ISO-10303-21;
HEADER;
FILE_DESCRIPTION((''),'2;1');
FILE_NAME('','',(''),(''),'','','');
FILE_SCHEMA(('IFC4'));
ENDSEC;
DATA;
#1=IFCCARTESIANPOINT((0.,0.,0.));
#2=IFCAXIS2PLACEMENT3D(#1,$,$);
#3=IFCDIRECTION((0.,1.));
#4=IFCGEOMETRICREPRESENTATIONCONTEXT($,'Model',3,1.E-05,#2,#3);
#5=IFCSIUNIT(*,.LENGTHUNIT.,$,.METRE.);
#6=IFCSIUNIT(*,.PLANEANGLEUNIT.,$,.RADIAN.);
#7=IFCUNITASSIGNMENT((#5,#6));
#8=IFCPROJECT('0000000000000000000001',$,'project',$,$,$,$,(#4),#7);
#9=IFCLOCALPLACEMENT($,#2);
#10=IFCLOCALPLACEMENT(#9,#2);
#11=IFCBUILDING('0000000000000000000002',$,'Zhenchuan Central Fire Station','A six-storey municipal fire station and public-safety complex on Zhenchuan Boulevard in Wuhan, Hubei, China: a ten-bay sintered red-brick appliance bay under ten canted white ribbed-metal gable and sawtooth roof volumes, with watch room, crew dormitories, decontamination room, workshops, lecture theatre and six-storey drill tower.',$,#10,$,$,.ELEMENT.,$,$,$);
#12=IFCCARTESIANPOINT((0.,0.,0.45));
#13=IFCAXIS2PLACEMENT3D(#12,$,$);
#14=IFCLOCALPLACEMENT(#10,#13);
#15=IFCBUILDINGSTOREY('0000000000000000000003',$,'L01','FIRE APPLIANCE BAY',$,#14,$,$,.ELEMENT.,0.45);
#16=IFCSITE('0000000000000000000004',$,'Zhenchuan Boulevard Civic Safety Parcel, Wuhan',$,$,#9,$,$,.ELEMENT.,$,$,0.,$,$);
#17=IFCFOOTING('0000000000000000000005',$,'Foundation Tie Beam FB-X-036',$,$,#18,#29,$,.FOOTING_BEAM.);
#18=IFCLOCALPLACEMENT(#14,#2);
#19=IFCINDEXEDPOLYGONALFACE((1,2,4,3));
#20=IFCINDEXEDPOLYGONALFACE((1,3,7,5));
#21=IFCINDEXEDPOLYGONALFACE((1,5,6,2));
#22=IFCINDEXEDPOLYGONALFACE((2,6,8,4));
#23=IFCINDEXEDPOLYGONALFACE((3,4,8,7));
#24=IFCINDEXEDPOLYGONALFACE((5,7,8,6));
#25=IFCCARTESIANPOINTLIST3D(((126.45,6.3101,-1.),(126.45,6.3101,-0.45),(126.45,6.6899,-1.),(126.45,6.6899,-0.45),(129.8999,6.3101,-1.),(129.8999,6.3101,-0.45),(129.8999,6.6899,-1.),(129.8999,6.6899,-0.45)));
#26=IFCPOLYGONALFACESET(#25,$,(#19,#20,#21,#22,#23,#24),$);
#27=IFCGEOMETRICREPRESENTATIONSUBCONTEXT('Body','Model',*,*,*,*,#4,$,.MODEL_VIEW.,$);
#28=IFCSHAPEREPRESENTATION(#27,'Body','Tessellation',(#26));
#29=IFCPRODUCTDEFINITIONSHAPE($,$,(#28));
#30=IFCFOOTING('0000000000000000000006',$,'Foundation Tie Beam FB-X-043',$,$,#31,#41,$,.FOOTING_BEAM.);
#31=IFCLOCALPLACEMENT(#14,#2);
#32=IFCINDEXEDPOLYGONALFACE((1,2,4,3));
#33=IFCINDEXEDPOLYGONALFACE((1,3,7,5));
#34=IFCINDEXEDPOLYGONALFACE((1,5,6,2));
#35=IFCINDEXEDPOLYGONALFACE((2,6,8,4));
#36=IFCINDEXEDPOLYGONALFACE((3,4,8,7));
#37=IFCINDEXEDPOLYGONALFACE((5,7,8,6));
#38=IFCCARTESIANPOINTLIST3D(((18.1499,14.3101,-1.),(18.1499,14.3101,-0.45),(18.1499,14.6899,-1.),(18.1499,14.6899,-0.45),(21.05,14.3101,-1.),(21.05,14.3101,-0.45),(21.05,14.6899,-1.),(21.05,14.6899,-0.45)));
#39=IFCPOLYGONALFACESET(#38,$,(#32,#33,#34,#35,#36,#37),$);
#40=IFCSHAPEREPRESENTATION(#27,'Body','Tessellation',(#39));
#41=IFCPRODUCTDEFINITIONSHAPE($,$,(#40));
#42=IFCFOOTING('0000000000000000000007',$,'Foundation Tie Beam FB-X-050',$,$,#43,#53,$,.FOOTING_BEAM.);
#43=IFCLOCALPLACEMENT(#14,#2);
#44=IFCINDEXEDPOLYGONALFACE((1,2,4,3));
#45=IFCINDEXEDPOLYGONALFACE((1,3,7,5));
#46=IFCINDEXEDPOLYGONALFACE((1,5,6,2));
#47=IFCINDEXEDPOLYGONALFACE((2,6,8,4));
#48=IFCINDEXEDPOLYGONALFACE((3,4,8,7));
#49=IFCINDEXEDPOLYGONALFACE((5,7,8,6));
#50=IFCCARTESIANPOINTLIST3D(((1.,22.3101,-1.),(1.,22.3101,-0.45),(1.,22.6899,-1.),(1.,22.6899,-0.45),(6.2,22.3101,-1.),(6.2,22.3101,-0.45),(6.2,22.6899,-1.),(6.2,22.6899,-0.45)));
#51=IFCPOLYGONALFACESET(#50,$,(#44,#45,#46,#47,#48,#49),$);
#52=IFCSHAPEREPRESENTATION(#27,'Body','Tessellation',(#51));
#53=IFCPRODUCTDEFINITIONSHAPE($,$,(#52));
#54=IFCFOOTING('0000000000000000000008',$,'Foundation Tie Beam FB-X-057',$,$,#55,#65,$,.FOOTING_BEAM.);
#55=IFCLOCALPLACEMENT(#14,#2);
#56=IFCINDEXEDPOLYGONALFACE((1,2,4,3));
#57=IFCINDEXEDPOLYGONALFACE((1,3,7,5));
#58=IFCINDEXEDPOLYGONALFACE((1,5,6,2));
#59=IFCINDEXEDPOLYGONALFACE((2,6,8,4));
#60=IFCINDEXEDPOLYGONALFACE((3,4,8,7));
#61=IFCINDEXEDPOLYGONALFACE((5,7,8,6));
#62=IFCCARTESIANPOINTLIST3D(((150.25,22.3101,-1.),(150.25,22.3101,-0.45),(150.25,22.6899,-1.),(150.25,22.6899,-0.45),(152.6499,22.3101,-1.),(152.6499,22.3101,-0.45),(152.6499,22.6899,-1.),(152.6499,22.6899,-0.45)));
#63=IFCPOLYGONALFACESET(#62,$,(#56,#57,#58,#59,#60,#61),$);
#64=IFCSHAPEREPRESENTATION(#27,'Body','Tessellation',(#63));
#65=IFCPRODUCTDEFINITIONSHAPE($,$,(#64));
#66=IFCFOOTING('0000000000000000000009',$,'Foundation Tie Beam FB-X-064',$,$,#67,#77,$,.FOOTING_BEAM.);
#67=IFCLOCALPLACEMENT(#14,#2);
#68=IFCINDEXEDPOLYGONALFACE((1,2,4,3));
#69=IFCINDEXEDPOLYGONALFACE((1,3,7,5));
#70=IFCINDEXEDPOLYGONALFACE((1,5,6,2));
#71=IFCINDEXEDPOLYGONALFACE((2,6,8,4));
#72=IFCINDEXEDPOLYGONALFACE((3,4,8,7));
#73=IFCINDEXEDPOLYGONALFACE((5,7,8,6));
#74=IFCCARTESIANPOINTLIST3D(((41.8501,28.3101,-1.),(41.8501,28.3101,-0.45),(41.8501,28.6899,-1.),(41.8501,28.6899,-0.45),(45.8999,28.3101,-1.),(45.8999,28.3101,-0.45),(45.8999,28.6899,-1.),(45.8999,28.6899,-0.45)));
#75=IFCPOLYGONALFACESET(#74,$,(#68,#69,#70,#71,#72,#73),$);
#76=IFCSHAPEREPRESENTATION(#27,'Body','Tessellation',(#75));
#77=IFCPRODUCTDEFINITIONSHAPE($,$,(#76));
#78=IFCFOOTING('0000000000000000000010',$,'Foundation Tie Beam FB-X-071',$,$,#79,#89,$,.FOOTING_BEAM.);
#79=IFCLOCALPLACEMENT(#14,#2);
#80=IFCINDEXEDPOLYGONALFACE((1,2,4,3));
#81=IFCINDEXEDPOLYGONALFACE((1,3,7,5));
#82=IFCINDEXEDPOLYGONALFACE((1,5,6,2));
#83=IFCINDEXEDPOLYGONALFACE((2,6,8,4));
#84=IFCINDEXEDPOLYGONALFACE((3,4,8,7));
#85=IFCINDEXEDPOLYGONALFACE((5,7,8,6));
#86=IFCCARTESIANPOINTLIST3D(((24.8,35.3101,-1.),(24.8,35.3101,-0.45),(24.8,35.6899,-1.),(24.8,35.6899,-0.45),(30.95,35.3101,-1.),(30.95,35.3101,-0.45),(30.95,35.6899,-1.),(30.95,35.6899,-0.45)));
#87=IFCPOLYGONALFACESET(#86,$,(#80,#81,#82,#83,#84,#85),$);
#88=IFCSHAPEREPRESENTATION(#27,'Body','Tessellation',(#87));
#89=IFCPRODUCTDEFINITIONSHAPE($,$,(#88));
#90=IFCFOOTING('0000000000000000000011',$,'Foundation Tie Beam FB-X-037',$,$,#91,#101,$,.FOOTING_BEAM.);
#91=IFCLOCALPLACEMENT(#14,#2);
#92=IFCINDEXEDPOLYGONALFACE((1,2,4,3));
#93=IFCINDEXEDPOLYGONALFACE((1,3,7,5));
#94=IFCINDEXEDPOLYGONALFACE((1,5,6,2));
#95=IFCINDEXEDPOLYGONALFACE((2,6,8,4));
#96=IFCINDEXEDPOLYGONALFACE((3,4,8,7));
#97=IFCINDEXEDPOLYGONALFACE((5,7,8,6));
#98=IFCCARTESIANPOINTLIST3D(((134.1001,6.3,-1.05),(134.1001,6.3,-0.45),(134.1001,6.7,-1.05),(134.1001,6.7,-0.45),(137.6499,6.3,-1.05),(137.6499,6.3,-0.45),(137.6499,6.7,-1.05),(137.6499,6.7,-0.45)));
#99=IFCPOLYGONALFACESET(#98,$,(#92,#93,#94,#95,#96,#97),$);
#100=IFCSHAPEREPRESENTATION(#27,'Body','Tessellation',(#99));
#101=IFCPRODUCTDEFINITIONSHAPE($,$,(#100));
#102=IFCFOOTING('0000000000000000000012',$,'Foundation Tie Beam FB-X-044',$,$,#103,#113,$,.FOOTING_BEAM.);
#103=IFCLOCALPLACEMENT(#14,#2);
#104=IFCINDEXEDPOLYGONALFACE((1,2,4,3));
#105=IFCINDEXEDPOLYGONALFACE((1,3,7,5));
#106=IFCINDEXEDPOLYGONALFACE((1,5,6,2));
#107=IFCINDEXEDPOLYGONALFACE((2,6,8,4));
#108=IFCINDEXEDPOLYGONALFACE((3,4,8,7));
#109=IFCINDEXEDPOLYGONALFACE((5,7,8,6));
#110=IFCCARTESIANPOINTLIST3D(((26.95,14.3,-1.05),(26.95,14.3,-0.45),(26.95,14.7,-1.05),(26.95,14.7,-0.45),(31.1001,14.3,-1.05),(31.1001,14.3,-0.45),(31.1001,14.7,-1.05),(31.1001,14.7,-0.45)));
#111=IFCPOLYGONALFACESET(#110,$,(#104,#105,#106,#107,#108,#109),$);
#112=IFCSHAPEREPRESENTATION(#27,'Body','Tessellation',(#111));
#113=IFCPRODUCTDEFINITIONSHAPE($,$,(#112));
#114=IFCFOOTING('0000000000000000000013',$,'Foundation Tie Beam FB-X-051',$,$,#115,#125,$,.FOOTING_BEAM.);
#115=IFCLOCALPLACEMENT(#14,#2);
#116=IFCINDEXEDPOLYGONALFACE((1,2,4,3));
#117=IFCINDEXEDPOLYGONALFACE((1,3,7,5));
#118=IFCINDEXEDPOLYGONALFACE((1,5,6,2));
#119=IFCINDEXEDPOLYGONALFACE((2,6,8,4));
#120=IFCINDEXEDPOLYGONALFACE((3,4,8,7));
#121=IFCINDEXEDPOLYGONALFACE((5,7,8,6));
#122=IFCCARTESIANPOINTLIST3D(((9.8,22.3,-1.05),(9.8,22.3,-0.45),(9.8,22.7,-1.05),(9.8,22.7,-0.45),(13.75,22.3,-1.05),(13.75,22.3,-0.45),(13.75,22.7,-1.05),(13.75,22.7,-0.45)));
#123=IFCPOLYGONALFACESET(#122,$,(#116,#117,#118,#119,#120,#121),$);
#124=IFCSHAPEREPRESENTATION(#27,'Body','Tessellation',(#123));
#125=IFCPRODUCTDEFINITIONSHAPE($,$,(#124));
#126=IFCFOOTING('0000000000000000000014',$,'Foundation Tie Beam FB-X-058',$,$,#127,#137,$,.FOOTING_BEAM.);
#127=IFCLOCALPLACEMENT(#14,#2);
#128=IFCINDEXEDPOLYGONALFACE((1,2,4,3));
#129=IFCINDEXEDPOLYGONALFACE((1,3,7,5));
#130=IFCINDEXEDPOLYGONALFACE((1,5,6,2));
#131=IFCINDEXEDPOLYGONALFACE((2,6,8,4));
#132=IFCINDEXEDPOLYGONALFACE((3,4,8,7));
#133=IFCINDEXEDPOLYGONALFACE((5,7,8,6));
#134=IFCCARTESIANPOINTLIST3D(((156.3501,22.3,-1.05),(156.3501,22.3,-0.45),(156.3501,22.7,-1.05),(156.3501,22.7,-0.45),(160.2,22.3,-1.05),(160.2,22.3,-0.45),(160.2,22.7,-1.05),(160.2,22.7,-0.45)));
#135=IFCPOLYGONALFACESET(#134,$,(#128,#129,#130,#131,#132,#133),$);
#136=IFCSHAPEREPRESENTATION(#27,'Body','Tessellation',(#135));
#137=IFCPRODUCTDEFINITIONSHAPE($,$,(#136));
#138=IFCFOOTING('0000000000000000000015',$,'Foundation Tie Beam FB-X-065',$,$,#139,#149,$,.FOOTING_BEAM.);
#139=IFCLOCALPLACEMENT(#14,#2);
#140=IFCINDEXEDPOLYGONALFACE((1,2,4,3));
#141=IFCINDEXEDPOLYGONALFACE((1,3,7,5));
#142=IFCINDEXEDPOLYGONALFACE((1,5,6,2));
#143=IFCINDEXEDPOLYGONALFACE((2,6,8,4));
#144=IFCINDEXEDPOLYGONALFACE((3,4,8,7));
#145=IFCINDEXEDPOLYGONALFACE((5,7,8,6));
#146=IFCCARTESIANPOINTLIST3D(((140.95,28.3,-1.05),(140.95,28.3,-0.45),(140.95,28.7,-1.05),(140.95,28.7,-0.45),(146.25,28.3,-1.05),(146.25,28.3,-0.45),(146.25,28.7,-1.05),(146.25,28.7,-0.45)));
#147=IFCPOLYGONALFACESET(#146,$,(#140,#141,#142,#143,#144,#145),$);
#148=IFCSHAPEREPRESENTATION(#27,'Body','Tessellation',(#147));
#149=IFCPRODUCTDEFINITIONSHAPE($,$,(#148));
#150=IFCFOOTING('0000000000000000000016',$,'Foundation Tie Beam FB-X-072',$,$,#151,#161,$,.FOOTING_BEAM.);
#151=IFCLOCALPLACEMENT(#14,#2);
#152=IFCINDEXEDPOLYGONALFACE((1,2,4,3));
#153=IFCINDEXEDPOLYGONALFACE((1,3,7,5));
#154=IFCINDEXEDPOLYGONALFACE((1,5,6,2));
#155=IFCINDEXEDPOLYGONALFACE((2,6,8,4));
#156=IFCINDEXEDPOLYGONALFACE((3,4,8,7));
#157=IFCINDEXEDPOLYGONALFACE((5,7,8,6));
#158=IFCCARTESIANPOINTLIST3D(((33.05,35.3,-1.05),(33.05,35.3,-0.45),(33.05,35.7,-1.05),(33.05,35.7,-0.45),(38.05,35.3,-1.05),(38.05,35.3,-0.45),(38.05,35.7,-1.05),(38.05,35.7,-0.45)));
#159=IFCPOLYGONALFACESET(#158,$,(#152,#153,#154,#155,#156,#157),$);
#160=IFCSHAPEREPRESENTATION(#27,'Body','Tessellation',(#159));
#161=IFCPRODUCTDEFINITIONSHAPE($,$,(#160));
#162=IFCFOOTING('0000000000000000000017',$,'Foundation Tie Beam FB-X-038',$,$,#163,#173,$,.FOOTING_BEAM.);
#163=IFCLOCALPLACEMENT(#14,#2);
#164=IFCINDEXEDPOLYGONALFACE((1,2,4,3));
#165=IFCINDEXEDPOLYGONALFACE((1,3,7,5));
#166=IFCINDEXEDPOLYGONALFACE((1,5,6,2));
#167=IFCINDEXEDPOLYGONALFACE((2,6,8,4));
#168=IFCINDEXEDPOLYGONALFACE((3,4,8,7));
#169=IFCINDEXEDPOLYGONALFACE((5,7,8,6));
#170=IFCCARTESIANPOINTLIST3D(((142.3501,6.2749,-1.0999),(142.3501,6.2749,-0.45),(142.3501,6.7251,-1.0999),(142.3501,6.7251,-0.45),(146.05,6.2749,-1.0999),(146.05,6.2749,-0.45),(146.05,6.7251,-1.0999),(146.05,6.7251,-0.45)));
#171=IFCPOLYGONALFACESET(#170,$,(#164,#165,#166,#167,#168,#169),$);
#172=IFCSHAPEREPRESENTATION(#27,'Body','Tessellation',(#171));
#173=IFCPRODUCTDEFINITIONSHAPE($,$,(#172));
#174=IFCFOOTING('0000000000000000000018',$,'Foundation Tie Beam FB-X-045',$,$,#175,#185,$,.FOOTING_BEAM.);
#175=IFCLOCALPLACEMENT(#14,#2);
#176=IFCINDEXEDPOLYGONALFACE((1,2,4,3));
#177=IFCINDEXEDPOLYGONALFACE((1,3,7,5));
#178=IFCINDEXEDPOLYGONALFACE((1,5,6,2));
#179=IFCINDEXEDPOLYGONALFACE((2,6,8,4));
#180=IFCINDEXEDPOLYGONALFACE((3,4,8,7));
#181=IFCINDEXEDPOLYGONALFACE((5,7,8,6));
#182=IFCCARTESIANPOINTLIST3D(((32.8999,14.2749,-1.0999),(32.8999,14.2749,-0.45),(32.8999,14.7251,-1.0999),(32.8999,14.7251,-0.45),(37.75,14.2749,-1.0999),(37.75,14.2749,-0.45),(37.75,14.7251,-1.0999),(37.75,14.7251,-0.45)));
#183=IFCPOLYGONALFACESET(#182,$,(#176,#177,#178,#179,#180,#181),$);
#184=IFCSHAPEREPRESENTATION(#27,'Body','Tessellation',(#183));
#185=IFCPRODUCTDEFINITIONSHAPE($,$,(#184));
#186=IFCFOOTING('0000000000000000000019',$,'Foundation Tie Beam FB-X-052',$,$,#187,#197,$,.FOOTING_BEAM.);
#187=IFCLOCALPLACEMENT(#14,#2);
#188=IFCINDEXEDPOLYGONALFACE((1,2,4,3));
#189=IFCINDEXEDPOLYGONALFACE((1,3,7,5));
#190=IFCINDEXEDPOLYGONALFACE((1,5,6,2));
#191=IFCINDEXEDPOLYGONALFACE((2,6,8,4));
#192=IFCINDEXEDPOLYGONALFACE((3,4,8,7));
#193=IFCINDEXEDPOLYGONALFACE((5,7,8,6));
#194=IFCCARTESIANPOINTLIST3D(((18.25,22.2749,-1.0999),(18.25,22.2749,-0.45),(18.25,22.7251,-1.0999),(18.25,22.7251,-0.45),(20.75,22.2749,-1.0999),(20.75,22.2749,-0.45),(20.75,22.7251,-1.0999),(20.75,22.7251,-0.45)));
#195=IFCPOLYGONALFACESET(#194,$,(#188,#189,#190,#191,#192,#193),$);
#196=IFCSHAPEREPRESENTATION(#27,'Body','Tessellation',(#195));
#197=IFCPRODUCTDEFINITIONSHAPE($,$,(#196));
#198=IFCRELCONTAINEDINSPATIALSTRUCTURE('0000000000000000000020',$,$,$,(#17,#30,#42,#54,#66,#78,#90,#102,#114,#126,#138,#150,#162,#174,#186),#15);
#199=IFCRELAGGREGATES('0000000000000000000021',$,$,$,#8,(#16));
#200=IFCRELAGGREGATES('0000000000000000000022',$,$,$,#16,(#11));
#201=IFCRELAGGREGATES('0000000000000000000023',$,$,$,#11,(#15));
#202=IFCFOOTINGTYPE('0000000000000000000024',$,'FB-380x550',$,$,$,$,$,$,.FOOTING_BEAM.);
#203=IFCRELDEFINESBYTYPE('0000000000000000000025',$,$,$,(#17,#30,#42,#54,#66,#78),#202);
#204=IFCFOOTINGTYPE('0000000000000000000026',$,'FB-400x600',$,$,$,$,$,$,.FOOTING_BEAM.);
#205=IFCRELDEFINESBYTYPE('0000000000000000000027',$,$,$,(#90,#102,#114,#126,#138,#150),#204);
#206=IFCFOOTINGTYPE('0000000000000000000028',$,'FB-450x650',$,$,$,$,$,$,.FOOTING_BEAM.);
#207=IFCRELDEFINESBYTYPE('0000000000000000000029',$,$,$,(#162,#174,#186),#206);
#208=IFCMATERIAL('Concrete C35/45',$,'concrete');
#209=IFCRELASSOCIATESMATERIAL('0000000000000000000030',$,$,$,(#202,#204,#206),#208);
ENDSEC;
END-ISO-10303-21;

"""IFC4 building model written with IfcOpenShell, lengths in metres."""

from ifc_helpers import new_model, si_unit, direction, frame, origin, place, context, subcontext, project, spatial, polyline, outline, extrude, material, type_object, element, save


model = new_model("IFC4")

# Units and contexts
model_context = context("Model", 3, precision=1e-05, world=origin(), true_north=direction((0.0, 1.0)))
body_context = subcontext(model_context, "Body", "Model", "MODEL_VIEW")
ifc_project = project(units=[si_unit("LENGTHUNIT", "METRE"), si_unit("PLANEANGLEUNIT", "RADIAN")], contexts=[model_context])

# Site, building, storey
site_placement = place(None, origin())
site = spatial("IfcSite", under=ifc_project, at=site_placement, Name="Zhenchuan Boulevard Civic Safety Parcel, Wuhan", CompositionType="ELEMENT", RefElevation=0.0)
building_placement = place(site_placement, origin())
building = spatial("IfcBuilding", under=site, at=building_placement, Name="Zhenchuan Central Fire Station", Description="A six-storey municipal fire station and public-safety complex on Zhenchuan Boulevard in Wuhan, Hubei, China: a ten-bay sintered red-brick appliance bay under ten canted white ribbed-metal gable and sawtooth roof volumes, with watch room, crew dormitories, decontamination room, workshops, lecture theatre and six-storey drill tower.", CompositionType="ELEMENT")
storey_placement = place(building_placement, frame((0.0, 0.0, 0.45)))
storey = spatial("IfcBuildingStorey", under=building, at=storey_placement, Name="L01", Description="FIRE APPLIANCE BAY", CompositionType="ELEMENT", Elevation=0.45)

# Footings
ifc_material = material(Name="Concrete C35/45", Category="concrete")
footing_type_1 = type_object("IfcFootingType", Name="FB-380x550", PredefinedType="FOOTING_BEAM", material=ifc_material)
footing_1_placement = place(storey_placement, frame((0.0, 0.0, -1.0)))
element("IfcFooting", 1, at=footing_1_placement, inside=storey, type_object=footing_type_1, Name="Foundation Tie Beam FB-X-036", PredefinedType="FOOTING_BEAM", context=body_context, shape_type="SweptSolid", body=[
    extrude(outline(polyline([(126.45, 6.3101), (129.8999, 6.3101), (129.8999, 6.6899), (126.45, 6.6899), (126.45, 6.3101)])), origin(), (0.0, 0.0, 1.0), 0.55),
])
footing_2_placement = place(storey_placement, frame((0.0, 0.0, -1.0)))
element("IfcFooting", 2, at=footing_2_placement, inside=storey, type_object=footing_type_1, Name="Foundation Tie Beam FB-X-043", PredefinedType="FOOTING_BEAM", context=body_context, shape_type="SweptSolid", body=[
    extrude(outline(polyline([(18.1499, 14.3101), (21.05, 14.3101), (21.05, 14.6899), (18.1499, 14.6899), (18.1499, 14.3101)])), origin(), (0.0, 0.0, 1.0), 0.55),
])
footing_3_placement = place(storey_placement, frame((0.0, 0.0, -1.0)))
element("IfcFooting", 3, at=footing_3_placement, inside=storey, type_object=footing_type_1, Name="Foundation Tie Beam FB-X-050", PredefinedType="FOOTING_BEAM", context=body_context, shape_type="SweptSolid", body=[
    extrude(outline(polyline([(1.0, 22.3101), (6.2, 22.3101), (6.2, 22.6899), (1.0, 22.6899), (1.0, 22.3101)])), origin(), (0.0, 0.0, 1.0), 0.55),
])
footing_4_placement = place(storey_placement, frame((0.0, 0.0, -1.0)))
element("IfcFooting", 4, at=footing_4_placement, inside=storey, type_object=footing_type_1, Name="Foundation Tie Beam FB-X-057", PredefinedType="FOOTING_BEAM", context=body_context, shape_type="SweptSolid", body=[
    extrude(outline(polyline([(150.25, 22.3101), (152.6499, 22.3101), (152.6499, 22.6899), (150.25, 22.6899), (150.25, 22.3101)])), origin(), (0.0, 0.0, 1.0), 0.55),
])
footing_5_placement = place(storey_placement, frame((0.0, 0.0, -1.0)))
element("IfcFooting", 5, at=footing_5_placement, inside=storey, type_object=footing_type_1, Name="Foundation Tie Beam FB-X-064", PredefinedType="FOOTING_BEAM", context=body_context, shape_type="SweptSolid", body=[
    extrude(outline(polyline([(41.8501, 28.3101), (45.8999, 28.3101), (45.8999, 28.6899), (41.8501, 28.6899), (41.8501, 28.3101)])), origin(), (0.0, 0.0, 1.0), 0.55),
])
footing_6_placement = place(storey_placement, frame((0.0, 0.0, -1.0)))
element("IfcFooting", 6, at=footing_6_placement, inside=storey, type_object=footing_type_1, Name="Foundation Tie Beam FB-X-071", PredefinedType="FOOTING_BEAM", context=body_context, shape_type="SweptSolid", body=[
    extrude(outline(polyline([(24.8, 35.3101), (30.95, 35.3101), (30.95, 35.6899), (24.8, 35.6899), (24.8, 35.3101)])), origin(), (0.0, 0.0, 1.0), 0.55),
])
footing_type_2 = type_object("IfcFootingType", Name="FB-400x600", PredefinedType="FOOTING_BEAM", material=ifc_material)
footing_7_placement = place(storey_placement, frame((0.0, 0.0, -1.05)))
element("IfcFooting", 7, at=footing_7_placement, inside=storey, type_object=footing_type_2, Name="Foundation Tie Beam FB-X-037", PredefinedType="FOOTING_BEAM", context=body_context, shape_type="SweptSolid", body=[
    extrude(outline(polyline([(134.1001, 6.3), (137.6499, 6.3), (137.6499, 6.7), (134.1001, 6.7), (134.1001, 6.3)])), origin(), (0.0, 0.0, 1.0), 0.6001),
])
footing_8_placement = place(storey_placement, frame((0.0, 0.0, -1.05)))
element("IfcFooting", 8, at=footing_8_placement, inside=storey, type_object=footing_type_2, Name="Foundation Tie Beam FB-X-044", PredefinedType="FOOTING_BEAM", context=body_context, shape_type="SweptSolid", body=[
    extrude(outline(polyline([(26.95, 14.3), (31.1001, 14.3), (31.1001, 14.7), (26.95, 14.7), (26.95, 14.3)])), origin(), (0.0, 0.0, 1.0), 0.6001),
])
footing_9_placement = place(storey_placement, frame((0.0, 0.0, -1.05)))
element("IfcFooting", 9, at=footing_9_placement, inside=storey, type_object=footing_type_2, Name="Foundation Tie Beam FB-X-051", PredefinedType="FOOTING_BEAM", context=body_context, shape_type="SweptSolid", body=[
    extrude(outline(polyline([(9.8, 22.3), (13.75, 22.3), (13.75, 22.7), (9.8, 22.7), (9.8, 22.3)])), origin(), (0.0, 0.0, 1.0), 0.6001),
])
footing_10_placement = place(storey_placement, frame((0.0, 0.0, -1.05)))
element("IfcFooting", 10, at=footing_10_placement, inside=storey, type_object=footing_type_2, Name="Foundation Tie Beam FB-X-058", PredefinedType="FOOTING_BEAM", context=body_context, shape_type="SweptSolid", body=[
    extrude(outline(polyline([(156.3501, 22.3), (160.2, 22.3), (160.2, 22.7), (156.3501, 22.7), (156.3501, 22.3)])), origin(), (0.0, 0.0, 1.0), 0.6001),
])
footing_11_placement = place(storey_placement, frame((0.0, 0.0, -1.05)))
element("IfcFooting", 11, at=footing_11_placement, inside=storey, type_object=footing_type_2, Name="Foundation Tie Beam FB-X-065", PredefinedType="FOOTING_BEAM", context=body_context, shape_type="SweptSolid", body=[
    extrude(outline(polyline([(140.95, 28.3), (146.25, 28.3), (146.25, 28.7), (140.95, 28.7), (140.95, 28.3)])), origin(), (0.0, 0.0, 1.0), 0.6001),
])
footing_12_placement = place(storey_placement, frame((0.0, 0.0, -1.05)))
element("IfcFooting", 12, at=footing_12_placement, inside=storey, type_object=footing_type_2, Name="Foundation Tie Beam FB-X-072", PredefinedType="FOOTING_BEAM", context=body_context, shape_type="SweptSolid", body=[
    extrude(outline(polyline([(33.05, 35.3), (38.05, 35.3), (38.05, 35.7), (33.05, 35.7), (33.05, 35.3)])), origin(), (0.0, 0.0, 1.0), 0.6001),
])
footing_type_3 = type_object("IfcFootingType", Name="FB-450x650", PredefinedType="FOOTING_BEAM", material=ifc_material)
footing_13_placement = place(storey_placement, frame((0.0, 0.0, -1.0999)))
element("IfcFooting", 13, at=footing_13_placement, inside=storey, type_object=footing_type_3, Name="Foundation Tie Beam FB-X-038", PredefinedType="FOOTING_BEAM", context=body_context, shape_type="SweptSolid", body=[
    extrude(outline(polyline([(142.3501, 6.2749), (146.05, 6.2749), (146.05, 6.7251), (142.3501, 6.7251), (142.3501, 6.2749)])), origin(), (0.0, 0.0, 1.0), 0.6499),
])
footing_14_placement = place(storey_placement, frame((0.0, 0.0, -1.0999)))
element("IfcFooting", 14, at=footing_14_placement, inside=storey, type_object=footing_type_3, Name="Foundation Tie Beam FB-X-045", PredefinedType="FOOTING_BEAM", context=body_context, shape_type="SweptSolid", body=[
    extrude(outline(polyline([(32.8999, 14.2749), (37.75, 14.2749), (37.75, 14.7251), (32.8999, 14.7251), (32.8999, 14.2749)])), origin(), (0.0, 0.0, 1.0), 0.6499),
])
footing_15_placement = place(storey_placement, frame((0.0, 0.0, -1.0999)))
element("IfcFooting", 15, at=footing_15_placement, inside=storey, type_object=footing_type_3, Name="Foundation Tie Beam FB-X-052", PredefinedType="FOOTING_BEAM", context=body_context, shape_type="SweptSolid", body=[
    extrude(outline(polyline([(18.25, 22.2749), (20.75, 22.2749), (20.75, 22.7251), (18.25, 22.7251), (18.25, 22.2749)])), origin(), (0.0, 0.0, 1.0), 0.6499),
])

save(model, "model.ifc")
